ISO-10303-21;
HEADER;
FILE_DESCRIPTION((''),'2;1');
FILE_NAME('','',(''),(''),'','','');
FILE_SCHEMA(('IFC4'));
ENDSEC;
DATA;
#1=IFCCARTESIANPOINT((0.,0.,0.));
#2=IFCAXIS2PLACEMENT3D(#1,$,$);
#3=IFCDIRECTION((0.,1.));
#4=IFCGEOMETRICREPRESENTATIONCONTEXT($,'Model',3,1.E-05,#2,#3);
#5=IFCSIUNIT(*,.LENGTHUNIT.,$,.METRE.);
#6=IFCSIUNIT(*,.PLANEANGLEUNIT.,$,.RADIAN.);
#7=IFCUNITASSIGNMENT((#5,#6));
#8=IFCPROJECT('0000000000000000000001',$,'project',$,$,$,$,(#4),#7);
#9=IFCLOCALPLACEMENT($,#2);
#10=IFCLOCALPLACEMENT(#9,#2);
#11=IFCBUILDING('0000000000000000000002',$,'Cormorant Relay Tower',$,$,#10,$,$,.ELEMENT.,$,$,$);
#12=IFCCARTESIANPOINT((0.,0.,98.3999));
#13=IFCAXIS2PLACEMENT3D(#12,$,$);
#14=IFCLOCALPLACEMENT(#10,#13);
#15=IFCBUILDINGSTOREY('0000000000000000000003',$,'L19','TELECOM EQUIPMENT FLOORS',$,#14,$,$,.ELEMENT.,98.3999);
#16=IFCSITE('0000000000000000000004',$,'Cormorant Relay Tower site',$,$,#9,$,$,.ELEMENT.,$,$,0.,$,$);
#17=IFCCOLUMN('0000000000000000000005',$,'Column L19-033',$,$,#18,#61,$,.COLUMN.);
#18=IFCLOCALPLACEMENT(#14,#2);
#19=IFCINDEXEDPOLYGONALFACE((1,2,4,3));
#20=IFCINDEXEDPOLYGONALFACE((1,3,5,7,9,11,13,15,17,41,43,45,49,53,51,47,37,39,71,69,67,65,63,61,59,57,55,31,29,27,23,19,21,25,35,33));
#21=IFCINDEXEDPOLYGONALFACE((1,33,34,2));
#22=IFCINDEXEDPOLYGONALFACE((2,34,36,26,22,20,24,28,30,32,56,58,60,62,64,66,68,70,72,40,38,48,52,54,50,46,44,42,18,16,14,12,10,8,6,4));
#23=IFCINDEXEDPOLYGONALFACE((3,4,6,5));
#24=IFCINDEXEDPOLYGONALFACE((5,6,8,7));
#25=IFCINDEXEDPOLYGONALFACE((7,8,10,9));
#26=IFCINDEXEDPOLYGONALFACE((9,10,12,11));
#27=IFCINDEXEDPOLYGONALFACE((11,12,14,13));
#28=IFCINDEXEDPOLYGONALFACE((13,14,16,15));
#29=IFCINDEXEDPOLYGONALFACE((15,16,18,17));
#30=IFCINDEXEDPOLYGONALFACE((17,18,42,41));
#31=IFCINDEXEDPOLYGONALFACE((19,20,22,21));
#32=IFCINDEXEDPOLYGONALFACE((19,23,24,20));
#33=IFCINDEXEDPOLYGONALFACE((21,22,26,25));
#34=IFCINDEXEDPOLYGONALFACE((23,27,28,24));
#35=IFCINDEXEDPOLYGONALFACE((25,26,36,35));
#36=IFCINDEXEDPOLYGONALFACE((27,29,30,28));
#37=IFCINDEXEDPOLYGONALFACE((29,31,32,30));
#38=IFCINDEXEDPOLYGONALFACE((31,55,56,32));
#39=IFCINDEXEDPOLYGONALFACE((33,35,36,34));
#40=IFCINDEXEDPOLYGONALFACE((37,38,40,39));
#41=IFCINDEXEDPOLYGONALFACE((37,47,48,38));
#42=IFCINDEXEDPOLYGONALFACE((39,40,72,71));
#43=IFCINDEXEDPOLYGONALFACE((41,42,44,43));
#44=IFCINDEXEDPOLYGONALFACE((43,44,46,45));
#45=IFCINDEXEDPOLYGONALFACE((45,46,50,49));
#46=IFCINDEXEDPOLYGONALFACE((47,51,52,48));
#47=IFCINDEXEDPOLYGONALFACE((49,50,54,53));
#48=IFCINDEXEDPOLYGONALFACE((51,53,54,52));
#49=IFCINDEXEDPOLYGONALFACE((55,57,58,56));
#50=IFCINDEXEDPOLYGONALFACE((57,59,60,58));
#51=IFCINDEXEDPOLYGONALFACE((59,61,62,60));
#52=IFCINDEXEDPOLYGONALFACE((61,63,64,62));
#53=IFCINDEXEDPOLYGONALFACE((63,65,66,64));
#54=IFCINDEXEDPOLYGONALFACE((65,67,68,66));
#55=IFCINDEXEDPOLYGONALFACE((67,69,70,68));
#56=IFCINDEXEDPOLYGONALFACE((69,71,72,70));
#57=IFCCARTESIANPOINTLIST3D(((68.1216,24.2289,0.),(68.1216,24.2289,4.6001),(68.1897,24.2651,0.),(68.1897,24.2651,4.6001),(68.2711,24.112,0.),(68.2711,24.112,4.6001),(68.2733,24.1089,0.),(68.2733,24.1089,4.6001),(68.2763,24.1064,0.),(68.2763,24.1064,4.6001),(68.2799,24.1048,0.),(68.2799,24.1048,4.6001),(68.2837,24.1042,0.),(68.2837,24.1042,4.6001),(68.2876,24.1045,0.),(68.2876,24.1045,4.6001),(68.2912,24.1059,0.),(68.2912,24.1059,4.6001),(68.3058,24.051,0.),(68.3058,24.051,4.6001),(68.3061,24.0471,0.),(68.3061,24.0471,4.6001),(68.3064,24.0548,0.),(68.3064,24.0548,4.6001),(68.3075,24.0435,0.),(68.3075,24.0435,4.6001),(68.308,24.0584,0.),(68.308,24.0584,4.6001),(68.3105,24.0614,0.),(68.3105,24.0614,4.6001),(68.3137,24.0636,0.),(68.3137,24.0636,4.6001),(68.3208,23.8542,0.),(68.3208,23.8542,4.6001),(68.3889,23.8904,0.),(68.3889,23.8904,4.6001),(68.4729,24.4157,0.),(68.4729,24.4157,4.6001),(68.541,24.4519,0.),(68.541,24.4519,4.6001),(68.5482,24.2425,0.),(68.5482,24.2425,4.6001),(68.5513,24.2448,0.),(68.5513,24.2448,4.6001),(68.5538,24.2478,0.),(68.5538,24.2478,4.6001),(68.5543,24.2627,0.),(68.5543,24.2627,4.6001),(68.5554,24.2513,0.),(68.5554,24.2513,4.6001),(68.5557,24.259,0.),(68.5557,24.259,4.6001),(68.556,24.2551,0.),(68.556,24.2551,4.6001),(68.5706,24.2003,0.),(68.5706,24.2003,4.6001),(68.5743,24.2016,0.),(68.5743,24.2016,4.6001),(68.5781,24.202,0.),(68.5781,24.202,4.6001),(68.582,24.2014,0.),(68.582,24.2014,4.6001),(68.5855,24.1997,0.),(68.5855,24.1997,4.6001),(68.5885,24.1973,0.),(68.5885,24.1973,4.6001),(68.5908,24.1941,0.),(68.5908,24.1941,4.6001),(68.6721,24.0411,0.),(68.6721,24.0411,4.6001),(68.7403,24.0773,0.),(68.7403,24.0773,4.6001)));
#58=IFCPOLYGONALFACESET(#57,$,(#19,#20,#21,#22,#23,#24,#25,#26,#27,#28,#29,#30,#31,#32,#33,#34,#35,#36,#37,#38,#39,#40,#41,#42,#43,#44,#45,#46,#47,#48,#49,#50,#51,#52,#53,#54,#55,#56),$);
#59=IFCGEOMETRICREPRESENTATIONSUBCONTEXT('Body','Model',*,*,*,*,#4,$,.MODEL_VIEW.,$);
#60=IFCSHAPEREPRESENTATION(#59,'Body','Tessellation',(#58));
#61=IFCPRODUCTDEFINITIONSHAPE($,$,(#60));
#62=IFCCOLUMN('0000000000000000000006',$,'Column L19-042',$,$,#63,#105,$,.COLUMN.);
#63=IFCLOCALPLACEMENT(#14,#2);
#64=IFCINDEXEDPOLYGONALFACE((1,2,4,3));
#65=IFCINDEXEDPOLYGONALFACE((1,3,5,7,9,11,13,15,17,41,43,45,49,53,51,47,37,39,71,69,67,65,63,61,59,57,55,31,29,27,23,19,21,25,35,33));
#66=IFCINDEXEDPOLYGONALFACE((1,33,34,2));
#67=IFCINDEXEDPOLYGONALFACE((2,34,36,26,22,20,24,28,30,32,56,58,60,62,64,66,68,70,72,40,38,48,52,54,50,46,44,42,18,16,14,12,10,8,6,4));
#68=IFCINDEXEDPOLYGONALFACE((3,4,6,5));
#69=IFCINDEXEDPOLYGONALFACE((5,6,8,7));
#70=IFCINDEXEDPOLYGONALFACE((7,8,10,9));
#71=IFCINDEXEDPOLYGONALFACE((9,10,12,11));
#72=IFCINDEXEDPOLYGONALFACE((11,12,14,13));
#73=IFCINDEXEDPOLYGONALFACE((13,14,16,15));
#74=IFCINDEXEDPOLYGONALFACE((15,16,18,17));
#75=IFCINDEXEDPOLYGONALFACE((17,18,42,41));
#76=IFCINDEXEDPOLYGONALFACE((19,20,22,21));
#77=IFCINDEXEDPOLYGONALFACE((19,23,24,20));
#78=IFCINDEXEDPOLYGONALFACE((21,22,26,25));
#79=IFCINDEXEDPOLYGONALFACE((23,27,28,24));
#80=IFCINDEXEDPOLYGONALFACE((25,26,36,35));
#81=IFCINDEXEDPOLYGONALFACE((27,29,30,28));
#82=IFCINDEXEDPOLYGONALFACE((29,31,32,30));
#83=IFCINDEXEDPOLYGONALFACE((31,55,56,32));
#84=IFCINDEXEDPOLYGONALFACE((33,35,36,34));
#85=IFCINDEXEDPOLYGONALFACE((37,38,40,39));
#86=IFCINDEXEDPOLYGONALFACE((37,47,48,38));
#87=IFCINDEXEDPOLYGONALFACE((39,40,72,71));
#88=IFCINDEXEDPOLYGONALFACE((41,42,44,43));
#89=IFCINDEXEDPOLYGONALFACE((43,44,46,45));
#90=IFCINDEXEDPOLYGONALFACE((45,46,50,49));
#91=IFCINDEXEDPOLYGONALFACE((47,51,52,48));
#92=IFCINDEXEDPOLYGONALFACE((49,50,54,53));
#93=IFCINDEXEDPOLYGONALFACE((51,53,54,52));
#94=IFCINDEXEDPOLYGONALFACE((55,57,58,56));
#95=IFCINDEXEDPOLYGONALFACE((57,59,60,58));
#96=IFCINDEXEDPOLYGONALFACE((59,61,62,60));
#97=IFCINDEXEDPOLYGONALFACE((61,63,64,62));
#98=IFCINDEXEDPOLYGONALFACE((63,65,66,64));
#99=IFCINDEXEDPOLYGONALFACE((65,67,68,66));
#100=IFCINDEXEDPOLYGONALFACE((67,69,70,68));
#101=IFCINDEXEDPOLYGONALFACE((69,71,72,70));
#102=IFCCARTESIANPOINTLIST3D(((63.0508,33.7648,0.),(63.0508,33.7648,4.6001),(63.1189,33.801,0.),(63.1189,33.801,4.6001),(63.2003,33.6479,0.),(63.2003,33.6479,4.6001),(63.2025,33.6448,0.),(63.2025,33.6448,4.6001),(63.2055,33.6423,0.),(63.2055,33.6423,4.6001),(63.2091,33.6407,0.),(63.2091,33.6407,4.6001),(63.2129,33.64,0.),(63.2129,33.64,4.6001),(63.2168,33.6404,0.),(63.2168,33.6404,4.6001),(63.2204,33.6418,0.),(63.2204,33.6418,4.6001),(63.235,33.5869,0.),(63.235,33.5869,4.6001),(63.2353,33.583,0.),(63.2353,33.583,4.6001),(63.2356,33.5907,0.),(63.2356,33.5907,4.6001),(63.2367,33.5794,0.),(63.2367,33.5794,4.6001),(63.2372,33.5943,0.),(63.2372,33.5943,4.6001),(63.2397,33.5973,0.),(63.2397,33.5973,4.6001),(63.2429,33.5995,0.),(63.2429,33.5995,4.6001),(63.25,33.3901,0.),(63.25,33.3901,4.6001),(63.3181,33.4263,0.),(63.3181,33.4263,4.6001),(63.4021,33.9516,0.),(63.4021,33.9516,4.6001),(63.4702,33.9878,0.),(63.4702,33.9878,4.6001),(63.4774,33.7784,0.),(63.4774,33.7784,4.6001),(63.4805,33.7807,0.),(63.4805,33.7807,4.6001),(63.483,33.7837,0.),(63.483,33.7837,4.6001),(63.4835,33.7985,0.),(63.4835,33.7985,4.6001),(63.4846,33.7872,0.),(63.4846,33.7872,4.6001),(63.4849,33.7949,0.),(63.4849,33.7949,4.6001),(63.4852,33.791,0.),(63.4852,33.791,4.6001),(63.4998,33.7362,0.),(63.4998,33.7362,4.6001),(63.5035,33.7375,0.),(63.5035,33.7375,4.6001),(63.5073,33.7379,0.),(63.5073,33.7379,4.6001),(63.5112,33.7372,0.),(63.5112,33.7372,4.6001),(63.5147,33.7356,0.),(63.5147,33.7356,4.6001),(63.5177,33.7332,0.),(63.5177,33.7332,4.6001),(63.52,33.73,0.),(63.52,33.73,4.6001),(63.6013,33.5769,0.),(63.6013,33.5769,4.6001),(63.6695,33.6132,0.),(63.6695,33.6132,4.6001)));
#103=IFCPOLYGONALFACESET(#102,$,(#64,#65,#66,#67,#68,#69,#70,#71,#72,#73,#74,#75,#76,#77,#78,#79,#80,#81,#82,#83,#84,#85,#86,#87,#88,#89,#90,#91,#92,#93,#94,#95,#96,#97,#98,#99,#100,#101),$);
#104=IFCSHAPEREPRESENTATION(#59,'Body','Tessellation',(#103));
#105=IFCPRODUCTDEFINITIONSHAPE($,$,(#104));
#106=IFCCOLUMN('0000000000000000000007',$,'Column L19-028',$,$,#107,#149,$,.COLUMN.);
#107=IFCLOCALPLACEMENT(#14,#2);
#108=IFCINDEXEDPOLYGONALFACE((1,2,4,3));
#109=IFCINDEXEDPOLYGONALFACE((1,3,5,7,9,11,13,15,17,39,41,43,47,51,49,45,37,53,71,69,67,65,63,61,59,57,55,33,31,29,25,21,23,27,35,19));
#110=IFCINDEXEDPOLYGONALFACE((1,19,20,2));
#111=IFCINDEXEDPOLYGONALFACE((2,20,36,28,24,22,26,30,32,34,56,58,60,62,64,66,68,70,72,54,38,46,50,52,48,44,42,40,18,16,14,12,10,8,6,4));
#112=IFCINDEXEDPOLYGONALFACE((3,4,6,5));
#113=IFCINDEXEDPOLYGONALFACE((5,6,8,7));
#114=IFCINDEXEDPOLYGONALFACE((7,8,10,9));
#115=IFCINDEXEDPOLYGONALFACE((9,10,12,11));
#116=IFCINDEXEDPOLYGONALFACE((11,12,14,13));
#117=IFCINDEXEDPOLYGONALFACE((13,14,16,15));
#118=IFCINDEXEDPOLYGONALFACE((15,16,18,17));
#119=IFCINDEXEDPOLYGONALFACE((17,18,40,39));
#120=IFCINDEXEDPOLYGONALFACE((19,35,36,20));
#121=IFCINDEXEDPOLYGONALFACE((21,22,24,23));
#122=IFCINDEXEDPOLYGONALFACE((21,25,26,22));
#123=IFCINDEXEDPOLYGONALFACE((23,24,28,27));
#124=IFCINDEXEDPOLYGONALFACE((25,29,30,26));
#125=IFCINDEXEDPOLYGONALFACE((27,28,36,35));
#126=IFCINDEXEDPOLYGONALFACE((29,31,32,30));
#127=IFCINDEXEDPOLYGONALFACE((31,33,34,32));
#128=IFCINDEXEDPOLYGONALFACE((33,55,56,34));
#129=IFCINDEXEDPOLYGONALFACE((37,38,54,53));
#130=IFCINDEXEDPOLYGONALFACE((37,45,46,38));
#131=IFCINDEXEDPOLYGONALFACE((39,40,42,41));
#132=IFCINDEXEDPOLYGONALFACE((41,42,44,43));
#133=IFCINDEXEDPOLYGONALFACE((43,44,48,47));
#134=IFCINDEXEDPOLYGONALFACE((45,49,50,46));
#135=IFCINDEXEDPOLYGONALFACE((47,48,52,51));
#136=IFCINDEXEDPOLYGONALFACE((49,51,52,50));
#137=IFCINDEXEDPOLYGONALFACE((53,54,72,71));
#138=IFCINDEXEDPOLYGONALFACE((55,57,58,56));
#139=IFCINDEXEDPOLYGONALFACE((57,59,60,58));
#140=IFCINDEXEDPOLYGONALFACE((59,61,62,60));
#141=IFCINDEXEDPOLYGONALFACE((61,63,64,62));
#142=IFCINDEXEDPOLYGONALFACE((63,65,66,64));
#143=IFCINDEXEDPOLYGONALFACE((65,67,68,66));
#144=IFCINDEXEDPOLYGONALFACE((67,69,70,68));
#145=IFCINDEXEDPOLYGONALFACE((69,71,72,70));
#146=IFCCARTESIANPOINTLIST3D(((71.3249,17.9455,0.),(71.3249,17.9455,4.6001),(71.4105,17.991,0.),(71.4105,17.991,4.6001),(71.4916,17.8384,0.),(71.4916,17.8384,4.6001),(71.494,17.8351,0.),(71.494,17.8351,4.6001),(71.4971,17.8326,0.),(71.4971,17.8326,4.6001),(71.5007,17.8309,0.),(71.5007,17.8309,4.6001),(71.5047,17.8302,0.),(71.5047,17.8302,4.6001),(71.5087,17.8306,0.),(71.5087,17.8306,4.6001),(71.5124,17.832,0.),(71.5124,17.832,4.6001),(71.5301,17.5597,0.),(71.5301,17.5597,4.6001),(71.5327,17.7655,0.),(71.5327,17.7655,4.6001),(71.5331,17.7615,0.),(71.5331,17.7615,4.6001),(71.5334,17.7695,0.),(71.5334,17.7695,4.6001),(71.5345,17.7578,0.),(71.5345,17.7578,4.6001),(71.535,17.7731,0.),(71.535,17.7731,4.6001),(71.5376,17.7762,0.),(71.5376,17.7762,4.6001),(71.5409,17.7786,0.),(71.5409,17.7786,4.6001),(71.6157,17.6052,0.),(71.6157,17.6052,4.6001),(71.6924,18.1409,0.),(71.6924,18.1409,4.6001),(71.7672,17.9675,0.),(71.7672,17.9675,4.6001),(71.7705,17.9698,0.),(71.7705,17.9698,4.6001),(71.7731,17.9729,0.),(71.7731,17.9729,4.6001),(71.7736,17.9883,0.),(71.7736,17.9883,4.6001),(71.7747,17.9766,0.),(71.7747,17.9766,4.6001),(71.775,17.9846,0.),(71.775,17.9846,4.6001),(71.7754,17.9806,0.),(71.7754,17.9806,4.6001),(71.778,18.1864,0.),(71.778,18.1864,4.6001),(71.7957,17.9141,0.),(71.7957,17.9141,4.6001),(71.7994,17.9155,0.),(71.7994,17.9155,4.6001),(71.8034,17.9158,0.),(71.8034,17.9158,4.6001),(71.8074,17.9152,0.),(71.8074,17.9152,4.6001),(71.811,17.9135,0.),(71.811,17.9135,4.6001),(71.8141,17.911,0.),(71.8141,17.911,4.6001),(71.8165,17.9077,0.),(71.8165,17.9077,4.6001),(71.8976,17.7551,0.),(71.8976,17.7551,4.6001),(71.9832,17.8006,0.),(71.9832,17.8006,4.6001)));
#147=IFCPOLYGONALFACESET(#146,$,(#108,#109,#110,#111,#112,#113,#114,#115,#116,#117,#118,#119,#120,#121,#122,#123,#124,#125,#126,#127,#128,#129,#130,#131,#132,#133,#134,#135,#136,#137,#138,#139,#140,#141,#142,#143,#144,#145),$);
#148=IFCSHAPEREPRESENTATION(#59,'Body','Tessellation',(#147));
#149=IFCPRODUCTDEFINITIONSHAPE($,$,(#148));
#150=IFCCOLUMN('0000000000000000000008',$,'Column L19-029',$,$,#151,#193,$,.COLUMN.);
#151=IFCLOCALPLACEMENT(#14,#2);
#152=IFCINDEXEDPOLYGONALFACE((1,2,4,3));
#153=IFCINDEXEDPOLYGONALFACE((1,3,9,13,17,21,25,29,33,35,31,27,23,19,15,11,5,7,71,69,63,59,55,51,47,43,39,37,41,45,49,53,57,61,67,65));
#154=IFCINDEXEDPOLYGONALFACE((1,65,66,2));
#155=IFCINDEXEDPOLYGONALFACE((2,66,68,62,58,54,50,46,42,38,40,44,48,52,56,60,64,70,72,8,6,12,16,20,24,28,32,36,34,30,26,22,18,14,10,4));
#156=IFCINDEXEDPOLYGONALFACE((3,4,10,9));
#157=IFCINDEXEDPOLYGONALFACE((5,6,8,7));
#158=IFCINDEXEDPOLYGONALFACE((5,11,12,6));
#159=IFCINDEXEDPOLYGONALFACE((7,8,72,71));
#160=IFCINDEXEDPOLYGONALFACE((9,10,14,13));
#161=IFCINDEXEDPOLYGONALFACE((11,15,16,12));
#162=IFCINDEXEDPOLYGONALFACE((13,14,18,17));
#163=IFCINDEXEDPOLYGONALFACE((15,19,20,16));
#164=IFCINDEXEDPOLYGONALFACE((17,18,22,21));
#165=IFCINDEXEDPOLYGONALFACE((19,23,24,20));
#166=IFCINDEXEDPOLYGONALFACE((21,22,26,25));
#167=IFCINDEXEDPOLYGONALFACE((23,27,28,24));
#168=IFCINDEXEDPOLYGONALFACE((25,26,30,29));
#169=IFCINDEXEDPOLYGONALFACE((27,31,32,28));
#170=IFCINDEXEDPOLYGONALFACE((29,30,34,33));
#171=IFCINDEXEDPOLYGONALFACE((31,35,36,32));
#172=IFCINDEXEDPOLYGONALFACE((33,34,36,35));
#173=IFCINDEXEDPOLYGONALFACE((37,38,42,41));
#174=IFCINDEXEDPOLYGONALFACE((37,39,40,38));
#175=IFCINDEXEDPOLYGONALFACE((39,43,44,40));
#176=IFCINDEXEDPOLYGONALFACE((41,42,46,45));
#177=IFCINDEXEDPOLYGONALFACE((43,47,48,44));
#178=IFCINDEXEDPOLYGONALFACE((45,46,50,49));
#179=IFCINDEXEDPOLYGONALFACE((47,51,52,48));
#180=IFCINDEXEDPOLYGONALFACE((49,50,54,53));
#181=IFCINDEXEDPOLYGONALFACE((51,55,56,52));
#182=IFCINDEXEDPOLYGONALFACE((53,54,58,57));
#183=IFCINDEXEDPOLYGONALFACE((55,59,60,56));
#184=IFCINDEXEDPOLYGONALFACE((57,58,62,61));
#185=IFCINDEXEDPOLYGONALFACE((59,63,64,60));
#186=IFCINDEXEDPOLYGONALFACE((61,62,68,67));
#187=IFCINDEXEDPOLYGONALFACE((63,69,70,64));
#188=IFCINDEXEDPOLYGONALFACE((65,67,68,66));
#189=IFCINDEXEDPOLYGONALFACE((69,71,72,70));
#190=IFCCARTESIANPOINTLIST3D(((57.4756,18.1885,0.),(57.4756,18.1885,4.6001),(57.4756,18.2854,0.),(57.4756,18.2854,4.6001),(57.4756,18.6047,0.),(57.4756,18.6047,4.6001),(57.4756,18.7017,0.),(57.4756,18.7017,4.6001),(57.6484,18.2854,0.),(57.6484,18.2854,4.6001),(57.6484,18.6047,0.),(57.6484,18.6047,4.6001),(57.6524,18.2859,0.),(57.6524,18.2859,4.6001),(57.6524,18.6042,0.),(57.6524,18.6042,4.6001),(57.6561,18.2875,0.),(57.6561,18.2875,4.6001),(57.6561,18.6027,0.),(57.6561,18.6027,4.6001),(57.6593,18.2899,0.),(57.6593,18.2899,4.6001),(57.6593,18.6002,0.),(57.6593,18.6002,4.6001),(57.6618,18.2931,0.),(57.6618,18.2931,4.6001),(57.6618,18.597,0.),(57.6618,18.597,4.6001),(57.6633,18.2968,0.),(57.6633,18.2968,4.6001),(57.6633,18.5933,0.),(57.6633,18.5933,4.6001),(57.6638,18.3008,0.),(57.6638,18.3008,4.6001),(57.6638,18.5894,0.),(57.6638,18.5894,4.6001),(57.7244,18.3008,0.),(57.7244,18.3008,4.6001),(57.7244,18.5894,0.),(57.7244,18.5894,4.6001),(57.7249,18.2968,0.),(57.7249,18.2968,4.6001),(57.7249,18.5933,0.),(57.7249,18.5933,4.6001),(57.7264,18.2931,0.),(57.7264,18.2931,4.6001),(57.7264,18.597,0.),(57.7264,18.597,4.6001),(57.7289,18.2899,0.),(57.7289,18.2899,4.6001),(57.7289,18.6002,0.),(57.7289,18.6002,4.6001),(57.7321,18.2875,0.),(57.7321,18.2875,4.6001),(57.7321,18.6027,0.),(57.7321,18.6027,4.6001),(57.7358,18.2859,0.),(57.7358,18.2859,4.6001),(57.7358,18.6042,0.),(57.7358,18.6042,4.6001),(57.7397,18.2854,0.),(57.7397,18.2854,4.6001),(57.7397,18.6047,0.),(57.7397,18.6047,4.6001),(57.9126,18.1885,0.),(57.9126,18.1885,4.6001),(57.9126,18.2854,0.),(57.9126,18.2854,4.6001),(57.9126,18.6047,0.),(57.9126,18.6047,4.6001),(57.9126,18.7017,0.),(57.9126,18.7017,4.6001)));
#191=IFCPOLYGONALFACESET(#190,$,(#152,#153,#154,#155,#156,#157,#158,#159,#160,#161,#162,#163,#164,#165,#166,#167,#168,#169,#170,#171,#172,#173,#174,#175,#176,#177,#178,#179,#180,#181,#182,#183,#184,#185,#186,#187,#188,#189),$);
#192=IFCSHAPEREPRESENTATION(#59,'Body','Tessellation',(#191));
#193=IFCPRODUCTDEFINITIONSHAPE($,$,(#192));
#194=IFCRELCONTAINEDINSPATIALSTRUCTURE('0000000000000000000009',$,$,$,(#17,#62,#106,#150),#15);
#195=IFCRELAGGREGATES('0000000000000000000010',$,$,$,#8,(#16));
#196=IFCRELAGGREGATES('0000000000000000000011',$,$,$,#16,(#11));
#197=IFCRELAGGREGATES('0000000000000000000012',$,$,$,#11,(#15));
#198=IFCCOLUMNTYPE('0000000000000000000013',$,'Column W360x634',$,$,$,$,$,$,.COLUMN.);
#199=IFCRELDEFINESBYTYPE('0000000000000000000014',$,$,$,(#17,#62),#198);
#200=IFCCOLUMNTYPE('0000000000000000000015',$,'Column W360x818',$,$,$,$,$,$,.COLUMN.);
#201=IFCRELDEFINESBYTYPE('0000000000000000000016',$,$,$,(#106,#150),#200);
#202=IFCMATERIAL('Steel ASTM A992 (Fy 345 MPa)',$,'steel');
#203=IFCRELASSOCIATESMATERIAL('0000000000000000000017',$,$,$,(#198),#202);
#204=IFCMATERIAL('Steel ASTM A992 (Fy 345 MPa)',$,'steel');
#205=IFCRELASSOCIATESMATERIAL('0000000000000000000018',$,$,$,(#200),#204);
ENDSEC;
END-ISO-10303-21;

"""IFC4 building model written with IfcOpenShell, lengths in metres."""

from ifc_helpers import new_model, si_unit, direction, frame, origin, origin_2d, place, context, subcontext, project, spatial, i_section, extrude, material, material_profile, profile_set, type_object, element, save


model = new_model("IFC4")

# Units and contexts
model_context = context("Model", 3, precision=1e-05, world=origin(), true_north=direction((0.0, 1.0)))
body_context = subcontext(model_context, "Body", "Model", "MODEL_VIEW")
ifc_project = project(units=[si_unit("LENGTHUNIT", "METRE"), si_unit("PLANEANGLEUNIT", "RADIAN")], contexts=[model_context])

# Site, building, storey
site_placement = place(None, origin())
site = spatial("IfcSite", under=ifc_project, at=site_placement, Name="Cormorant Relay Tower site", CompositionType="ELEMENT", RefElevation=0.0)
building_placement = place(site_placement, origin())
building = spatial("IfcBuilding", under=site, at=building_placement, Name="Cormorant Relay Tower", CompositionType="ELEMENT")
storey_placement = place(building_placement, frame((0.0, 0.0, 98.3999)))
storey = spatial("IfcBuildingStorey", under=building, at=storey_placement, Name="L19", Description="TELECOM EQUIPMENT FLOORS", CompositionType="ELEMENT", Elevation=98.3999)

# Columns
ifc_material_1 = material(Name="Steel ASTM A992 (Fy 345 MPa)", Category="steel")
ifc_material_profile_1 = material_profile(ifc_material_1, i_section(OverallWidth=0.4243, OverallDepth=0.4751, WebThickness=0.0479, FlangeThickness=0.0771, FilletRadius=0.0149, at=origin_2d()), Name="W360x634")
ifc_profile_set_1 = profile_set([ifc_material_profile_1], Name="Steel ASTM A992 (Fy 345 MPa)")
column_type_1 = type_object("IfcColumnType", Name="Column W360x634", PredefinedType="COLUMN", material=ifc_profile_set_1)
for number, where, z_axis, x_axis, name in (
    (1, (68.4309, 24.1531, 0.0), (0.0, 0.0, 1.0), (-0.469472, 0.882948, 0.0), "Column L19-033"),
    (2, (63.3601, 33.689, 0.0), (0.0, 0.0, 1.0), (-0.469472, 0.882948, 0.0), "Column L19-042"),
):
    element("IfcColumn", number, at=place(storey_placement, frame(where, z_axis=z_axis, x_axis=x_axis)), inside=storey, type_object=column_type_1, Name=name, PredefinedType="COLUMN", context=body_context, shape_type="SweptSolid", body=[
        extrude(i_section(OverallWidth=0.4243, OverallDepth=0.4751, WebThickness=0.0479, FlangeThickness=0.0771, FilletRadius=0.0149, at=origin_2d()), origin(), (0.0, 0.0, 1.0), 4.6001),
    ])
ifc_material_2 = material(Name="Steel ASTM A992 (Fy 345 MPa)", Category="steel")
ifc_material_profile_2 = material_profile(ifc_material_2, i_section(OverallWidth=0.437, OverallDepth=0.5132, WebThickness=0.0605, FlangeThickness=0.0969, FilletRadius=0.0154, at=origin_2d()), Name="W360x818")
ifc_profile_set_2 = profile_set([ifc_material_profile_2], Name="Steel ASTM A992 (Fy 345 MPa)")
column_type_2 = type_object("IfcColumnType", Name="Column W360x818", PredefinedType="COLUMN", material=ifc_profile_set_2)
for number, where, z_axis, x_axis, name in (
    (3, (71.6541, 17.873, 0.0), (0.0, 0.0, 1.0), (-0.469472, 0.882948, 0.0), "Column L19-028"),
    (4, (57.6941, 18.4451, 0.0), (0.0, 0.0, 1.0), (1.0, 0.0, 0.0), "Column L19-029"),
):
    element("IfcColumn", number, at=place(storey_placement, frame(where, z_axis=z_axis, x_axis=x_axis)), inside=storey, type_object=column_type_2, Name=name, PredefinedType="COLUMN", context=body_context, shape_type="SweptSolid", body=[
        extrude(i_section(OverallWidth=0.437, OverallDepth=0.5132, WebThickness=0.0605, FlangeThickness=0.0969, FilletRadius=0.0154, at=origin_2d()), origin(), (0.0, 0.0, 1.0), 4.6001),
    ])

save(model, "model.ifc")
